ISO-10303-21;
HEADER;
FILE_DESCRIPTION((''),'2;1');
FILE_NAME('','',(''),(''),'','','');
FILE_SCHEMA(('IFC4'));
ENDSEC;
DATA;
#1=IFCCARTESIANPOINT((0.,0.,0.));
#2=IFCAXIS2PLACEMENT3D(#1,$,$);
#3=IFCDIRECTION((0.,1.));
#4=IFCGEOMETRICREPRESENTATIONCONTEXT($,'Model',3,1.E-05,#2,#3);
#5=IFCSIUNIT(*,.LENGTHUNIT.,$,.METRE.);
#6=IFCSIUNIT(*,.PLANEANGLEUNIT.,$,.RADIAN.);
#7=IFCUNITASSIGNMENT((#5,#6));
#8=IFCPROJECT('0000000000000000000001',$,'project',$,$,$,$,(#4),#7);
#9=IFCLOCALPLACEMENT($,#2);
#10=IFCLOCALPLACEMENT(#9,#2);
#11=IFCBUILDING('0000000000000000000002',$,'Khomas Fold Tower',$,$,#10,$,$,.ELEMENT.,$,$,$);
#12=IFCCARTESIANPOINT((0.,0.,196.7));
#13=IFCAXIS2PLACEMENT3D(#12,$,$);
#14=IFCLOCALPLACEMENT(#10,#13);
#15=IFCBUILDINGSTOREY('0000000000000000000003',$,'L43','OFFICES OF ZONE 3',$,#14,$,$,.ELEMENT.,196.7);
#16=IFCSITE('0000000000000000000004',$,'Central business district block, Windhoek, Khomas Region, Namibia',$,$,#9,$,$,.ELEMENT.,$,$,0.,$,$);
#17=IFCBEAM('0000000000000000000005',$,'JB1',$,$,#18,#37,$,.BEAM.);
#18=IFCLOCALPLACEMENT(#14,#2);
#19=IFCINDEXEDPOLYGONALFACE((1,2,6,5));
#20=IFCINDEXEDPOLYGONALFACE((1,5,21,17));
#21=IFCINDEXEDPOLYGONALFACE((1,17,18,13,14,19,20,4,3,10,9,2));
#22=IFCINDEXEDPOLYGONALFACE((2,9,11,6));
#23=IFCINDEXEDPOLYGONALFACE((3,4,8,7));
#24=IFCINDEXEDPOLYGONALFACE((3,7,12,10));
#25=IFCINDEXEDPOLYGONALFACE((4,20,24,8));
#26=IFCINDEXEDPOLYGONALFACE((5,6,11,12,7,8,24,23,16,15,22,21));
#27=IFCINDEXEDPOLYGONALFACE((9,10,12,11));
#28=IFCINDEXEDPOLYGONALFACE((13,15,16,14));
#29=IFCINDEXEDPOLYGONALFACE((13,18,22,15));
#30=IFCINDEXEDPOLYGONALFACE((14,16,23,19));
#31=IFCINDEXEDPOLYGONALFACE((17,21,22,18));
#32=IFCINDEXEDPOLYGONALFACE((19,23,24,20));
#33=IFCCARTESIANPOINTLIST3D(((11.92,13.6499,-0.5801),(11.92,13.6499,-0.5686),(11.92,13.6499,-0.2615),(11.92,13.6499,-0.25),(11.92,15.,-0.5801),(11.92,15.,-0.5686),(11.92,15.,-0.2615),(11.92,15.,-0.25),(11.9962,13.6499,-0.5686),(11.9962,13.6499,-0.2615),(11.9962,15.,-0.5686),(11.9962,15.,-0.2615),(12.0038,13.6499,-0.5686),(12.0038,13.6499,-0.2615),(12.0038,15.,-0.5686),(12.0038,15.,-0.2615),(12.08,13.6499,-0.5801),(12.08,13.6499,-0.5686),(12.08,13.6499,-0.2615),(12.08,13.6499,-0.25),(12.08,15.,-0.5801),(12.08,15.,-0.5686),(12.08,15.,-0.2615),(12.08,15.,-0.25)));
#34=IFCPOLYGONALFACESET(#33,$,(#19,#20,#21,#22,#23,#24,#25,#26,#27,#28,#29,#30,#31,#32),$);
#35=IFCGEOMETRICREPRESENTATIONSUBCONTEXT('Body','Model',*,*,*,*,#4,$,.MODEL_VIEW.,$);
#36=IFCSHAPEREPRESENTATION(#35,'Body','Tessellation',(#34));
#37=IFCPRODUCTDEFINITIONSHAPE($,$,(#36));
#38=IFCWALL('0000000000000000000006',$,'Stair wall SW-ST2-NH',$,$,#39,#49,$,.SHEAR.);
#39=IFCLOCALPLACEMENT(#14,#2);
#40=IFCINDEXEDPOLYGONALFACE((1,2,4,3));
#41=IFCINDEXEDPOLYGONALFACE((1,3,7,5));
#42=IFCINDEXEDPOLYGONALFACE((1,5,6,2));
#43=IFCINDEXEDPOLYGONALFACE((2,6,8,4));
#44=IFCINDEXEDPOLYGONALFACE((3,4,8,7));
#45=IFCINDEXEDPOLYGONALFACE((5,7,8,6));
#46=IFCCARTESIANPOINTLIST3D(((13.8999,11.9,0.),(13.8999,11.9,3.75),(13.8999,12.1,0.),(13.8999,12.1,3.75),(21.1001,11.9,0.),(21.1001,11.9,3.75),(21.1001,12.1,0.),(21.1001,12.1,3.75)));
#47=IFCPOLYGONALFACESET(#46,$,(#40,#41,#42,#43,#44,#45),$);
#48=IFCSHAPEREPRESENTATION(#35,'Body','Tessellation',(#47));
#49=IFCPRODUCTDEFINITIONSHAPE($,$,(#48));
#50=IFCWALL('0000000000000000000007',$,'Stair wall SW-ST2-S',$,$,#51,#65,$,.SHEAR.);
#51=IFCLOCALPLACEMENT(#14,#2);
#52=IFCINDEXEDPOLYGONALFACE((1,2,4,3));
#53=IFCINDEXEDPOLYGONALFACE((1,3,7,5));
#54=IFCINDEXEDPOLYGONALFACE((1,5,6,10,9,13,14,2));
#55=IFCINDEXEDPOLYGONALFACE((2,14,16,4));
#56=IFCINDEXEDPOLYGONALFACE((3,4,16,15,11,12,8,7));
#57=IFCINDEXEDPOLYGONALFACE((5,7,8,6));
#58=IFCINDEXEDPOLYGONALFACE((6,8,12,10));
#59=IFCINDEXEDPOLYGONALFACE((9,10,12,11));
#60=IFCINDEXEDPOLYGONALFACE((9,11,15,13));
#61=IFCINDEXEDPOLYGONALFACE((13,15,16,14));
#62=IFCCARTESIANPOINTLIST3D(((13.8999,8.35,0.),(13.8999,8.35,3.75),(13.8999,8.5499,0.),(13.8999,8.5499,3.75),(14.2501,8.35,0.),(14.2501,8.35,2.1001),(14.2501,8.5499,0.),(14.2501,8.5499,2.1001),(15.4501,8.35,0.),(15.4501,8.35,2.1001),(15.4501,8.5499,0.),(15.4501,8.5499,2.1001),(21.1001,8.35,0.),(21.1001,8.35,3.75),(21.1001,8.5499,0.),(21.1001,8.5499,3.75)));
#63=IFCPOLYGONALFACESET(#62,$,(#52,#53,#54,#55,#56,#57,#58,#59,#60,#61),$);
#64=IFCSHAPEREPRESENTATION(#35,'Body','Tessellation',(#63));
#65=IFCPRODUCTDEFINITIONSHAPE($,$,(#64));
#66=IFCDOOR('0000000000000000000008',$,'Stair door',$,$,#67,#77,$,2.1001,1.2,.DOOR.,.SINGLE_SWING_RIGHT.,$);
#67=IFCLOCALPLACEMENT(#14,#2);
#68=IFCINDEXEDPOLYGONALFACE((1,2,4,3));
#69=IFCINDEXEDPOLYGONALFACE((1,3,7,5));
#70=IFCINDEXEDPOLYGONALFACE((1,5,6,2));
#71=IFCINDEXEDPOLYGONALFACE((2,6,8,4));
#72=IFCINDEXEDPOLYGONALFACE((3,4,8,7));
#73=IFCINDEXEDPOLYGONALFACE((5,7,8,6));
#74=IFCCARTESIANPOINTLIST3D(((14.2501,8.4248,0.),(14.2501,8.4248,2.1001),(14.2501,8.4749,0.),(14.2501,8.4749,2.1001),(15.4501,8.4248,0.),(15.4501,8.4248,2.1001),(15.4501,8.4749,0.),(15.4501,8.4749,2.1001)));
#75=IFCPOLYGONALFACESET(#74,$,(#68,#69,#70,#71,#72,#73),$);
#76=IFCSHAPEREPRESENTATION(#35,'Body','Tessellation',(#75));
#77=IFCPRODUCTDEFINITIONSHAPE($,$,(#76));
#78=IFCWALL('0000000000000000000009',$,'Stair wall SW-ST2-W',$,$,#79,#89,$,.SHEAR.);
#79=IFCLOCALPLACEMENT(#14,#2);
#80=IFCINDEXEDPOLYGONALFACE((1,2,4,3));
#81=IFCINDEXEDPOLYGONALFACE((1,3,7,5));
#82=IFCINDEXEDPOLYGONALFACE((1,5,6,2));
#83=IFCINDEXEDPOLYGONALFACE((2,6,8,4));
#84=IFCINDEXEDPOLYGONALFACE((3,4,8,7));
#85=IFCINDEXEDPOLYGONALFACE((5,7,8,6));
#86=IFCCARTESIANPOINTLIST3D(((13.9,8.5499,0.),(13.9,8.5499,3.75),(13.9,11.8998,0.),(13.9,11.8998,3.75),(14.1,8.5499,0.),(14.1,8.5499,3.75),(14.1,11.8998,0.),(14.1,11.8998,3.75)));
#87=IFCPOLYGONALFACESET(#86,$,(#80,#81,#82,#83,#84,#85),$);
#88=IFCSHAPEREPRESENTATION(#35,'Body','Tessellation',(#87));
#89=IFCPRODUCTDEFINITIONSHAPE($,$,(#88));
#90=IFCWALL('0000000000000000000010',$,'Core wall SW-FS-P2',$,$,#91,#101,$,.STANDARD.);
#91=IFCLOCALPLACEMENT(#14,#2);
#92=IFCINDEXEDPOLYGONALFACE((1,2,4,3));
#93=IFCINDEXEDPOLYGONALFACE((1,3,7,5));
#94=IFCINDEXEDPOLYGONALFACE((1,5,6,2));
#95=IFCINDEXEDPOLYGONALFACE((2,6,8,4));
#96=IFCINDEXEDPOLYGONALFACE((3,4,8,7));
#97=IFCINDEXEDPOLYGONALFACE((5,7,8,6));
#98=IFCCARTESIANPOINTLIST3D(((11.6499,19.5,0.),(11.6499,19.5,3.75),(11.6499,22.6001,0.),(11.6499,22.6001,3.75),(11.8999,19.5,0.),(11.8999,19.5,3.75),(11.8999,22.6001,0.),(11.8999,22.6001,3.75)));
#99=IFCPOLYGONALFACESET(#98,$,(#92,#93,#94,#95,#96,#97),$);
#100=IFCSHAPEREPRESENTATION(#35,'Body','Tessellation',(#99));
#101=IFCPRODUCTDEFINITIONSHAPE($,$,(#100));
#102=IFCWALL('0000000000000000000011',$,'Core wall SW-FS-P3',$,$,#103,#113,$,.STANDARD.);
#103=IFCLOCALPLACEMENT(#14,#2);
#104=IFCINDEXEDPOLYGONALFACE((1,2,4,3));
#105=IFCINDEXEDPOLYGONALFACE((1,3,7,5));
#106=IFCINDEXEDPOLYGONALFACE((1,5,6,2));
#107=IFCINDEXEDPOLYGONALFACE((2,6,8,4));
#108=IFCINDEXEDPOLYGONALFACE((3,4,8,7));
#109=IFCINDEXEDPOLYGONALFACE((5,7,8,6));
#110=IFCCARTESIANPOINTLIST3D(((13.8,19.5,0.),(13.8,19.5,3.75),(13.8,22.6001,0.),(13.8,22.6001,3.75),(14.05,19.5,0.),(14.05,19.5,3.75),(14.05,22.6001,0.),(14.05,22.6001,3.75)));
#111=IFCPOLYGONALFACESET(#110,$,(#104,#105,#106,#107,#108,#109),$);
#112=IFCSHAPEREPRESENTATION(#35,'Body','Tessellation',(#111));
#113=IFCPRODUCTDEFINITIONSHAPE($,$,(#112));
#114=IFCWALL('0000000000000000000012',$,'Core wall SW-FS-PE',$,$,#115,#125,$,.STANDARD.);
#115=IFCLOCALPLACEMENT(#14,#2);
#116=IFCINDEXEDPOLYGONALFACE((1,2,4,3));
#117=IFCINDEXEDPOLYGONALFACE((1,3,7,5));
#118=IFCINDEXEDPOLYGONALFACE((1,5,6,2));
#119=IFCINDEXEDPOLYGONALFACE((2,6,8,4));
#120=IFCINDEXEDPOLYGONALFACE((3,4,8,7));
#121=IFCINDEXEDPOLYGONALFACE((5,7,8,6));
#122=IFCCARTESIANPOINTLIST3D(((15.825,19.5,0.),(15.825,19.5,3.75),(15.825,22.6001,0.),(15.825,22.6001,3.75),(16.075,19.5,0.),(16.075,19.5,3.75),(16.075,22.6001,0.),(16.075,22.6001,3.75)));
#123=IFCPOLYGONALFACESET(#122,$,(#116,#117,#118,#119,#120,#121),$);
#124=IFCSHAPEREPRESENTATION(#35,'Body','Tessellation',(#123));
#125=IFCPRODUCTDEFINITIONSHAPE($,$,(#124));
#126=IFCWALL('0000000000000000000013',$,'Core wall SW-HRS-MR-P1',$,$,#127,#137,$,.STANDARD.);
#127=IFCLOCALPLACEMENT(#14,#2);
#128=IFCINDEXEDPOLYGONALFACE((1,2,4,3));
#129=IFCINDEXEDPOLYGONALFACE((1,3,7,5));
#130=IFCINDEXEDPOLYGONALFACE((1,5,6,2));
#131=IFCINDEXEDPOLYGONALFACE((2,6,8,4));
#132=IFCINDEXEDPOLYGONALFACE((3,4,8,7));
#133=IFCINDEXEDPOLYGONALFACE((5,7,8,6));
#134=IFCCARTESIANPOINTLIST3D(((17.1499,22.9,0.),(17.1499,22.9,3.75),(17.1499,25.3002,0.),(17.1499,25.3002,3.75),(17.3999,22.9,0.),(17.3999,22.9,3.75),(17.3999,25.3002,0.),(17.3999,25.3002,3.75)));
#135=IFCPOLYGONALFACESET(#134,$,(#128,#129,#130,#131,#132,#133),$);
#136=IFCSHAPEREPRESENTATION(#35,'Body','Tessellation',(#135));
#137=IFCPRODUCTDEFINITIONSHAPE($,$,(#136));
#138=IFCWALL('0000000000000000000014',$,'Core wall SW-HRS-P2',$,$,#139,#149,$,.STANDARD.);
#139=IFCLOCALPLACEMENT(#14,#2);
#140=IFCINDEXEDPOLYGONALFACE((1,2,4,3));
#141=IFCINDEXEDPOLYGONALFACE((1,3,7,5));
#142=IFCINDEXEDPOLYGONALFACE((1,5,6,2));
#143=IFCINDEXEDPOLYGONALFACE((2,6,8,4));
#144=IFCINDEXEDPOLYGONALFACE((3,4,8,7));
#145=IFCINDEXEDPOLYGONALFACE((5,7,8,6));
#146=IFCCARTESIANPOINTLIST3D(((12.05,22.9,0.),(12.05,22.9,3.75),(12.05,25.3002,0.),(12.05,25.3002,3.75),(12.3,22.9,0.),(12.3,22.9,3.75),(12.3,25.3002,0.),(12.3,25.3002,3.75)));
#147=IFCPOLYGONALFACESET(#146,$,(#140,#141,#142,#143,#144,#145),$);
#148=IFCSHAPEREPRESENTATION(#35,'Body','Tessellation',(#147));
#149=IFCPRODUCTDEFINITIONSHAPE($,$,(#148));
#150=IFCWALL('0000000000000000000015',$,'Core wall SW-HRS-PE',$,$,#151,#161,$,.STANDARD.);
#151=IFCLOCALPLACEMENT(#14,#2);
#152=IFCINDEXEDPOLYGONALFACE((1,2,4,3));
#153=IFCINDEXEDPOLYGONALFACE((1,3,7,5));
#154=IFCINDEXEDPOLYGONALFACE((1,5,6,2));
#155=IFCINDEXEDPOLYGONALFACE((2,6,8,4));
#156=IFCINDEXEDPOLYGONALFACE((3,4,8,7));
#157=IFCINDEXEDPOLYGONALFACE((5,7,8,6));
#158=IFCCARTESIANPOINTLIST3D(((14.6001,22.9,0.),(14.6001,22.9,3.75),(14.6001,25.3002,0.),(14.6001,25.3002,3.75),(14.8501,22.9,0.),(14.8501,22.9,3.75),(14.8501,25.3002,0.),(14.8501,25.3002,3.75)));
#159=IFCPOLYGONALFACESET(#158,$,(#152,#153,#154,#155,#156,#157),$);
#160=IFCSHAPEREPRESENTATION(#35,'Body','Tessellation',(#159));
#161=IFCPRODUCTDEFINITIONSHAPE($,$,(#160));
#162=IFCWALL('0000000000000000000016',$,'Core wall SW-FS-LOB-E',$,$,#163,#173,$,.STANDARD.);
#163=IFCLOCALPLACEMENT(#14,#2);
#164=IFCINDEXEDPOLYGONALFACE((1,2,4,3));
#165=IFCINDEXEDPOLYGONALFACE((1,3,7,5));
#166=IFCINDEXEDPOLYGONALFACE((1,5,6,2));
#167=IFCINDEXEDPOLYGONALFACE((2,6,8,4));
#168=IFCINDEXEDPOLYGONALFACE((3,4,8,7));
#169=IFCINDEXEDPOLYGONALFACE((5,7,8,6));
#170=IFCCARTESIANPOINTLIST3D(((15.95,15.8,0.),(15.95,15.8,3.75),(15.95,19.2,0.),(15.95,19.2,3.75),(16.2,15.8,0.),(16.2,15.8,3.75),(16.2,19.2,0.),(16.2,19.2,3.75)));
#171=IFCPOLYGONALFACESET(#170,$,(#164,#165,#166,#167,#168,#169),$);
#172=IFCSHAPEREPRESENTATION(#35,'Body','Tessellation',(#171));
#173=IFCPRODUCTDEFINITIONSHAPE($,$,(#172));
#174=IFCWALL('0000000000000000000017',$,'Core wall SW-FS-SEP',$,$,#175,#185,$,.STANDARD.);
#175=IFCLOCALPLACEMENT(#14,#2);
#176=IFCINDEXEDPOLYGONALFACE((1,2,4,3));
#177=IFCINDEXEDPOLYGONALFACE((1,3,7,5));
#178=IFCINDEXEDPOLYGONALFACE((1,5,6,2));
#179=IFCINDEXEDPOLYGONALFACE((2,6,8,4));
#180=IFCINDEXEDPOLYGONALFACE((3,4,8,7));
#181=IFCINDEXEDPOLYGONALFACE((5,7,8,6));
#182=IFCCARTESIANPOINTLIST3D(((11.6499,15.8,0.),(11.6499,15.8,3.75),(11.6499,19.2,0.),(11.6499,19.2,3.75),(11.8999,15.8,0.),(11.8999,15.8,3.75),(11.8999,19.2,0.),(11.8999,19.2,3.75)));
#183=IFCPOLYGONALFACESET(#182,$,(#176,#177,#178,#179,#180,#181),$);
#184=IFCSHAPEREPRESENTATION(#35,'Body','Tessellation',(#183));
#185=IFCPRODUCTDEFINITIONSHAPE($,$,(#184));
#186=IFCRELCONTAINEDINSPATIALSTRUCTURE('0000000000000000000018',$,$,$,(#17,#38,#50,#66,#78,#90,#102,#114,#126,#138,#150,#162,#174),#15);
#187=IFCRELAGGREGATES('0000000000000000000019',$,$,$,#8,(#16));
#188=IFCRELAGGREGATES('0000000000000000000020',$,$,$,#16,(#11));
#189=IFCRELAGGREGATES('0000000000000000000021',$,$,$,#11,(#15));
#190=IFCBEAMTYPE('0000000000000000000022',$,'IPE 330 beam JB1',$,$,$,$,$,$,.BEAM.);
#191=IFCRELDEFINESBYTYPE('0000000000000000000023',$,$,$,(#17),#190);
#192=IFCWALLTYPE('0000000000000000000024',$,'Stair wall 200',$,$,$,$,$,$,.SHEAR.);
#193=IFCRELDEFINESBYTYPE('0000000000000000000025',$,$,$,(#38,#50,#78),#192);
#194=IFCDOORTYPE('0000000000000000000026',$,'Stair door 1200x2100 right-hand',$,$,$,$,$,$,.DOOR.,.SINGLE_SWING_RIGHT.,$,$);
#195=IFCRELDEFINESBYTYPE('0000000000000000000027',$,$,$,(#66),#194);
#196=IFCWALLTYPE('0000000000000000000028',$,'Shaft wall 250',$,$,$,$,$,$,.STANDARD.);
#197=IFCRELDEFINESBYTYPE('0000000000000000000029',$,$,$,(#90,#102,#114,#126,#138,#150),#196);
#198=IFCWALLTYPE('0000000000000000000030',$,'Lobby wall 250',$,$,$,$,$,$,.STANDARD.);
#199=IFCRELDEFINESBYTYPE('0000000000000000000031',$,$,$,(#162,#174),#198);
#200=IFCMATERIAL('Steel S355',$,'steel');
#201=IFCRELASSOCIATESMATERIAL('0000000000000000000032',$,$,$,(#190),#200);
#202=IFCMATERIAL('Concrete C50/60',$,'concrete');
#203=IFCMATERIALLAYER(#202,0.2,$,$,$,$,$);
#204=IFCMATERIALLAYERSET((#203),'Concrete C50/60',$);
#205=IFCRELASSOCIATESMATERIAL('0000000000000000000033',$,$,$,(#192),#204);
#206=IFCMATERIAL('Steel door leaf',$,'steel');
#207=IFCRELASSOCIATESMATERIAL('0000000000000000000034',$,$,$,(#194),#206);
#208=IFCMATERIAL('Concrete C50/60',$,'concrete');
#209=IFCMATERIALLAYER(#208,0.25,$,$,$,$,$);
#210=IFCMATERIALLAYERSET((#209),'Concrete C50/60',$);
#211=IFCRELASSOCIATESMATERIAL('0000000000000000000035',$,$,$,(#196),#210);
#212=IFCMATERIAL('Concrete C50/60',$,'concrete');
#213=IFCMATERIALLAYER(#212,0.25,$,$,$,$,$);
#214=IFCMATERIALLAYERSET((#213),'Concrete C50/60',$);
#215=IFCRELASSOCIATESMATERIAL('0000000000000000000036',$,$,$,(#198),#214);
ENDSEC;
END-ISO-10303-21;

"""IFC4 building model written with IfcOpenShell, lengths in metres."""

from ifc_helpers import new_model, si_unit, direction, frame, frame_2d, origin, origin_2d, place, context, subcontext, project, spatial, rectangle, i_section, extrude, source, transform, mapped, material, layer, layer_set, material_profile, profile_set, type_object, element, fill, save


model = new_model("IFC4")

# Units and contexts
model_context = context("Model", 3, precision=1e-05, world=origin(), true_north=direction((0.0, 1.0)))
body_context = subcontext(model_context, "Body", "Model", "MODEL_VIEW")
ifc_project = project(units=[si_unit("LENGTHUNIT", "METRE"), si_unit("PLANEANGLEUNIT", "RADIAN")], contexts=[model_context])

# Site, building, storey
site_placement = place(None, origin())
site = spatial("IfcSite", under=ifc_project, at=site_placement, Name="Central business district block, Windhoek, Khomas Region, Namibia", CompositionType="ELEMENT", RefElevation=0.0)
building_placement = place(site_placement, origin())
building = spatial("IfcBuilding", under=site, at=building_placement, Name="Khomas Fold Tower", CompositionType="ELEMENT")
storey_placement = place(building_placement, frame((0.0, 0.0, 196.7)))
storey = spatial("IfcBuildingStorey", under=building, at=storey_placement, Name="L43", Description="OFFICES OF ZONE 3", CompositionType="ELEMENT", Elevation=196.7)

# Beam
ifc_material_1 = material(Name="Steel S355", Category="steel")
ifc_material_profile = material_profile(ifc_material_1, i_section(OverallWidth=0.1599, OverallDepth=0.3301, WebThickness=0.0076, FlangeThickness=0.0115, at=origin_2d()), Name="IPE 330")
ifc_profile_set = profile_set([ifc_material_profile], Name="Steel S355")
beam_type = type_object("IfcBeamType", Name="IPE 330 beam JB1", PredefinedType="BEAM", material=ifc_profile_set)
shared_shape_1 = source(origin(), body_context, "Body", "SweptSolid", [
    extrude(i_section(OverallWidth=0.1599, OverallDepth=0.3301, WebThickness=0.0076, FlangeThickness=0.0115, at=origin_2d()), origin(), (0.0, 0.0, 1.0), 1.3501),
])
beam_placement = place(storey_placement, frame((12.0, 13.6499, -0.415), z_axis=(0.0, 1.0, 0.0), x_axis=(-1.0, 0.0, 0.0)))
element("IfcBeam", 1, at=beam_placement, inside=storey, type_object=beam_type, Name="JB1", PredefinedType="BEAM", context=body_context, shape_type="MappedRepresentation", body=[
    mapped(shared_shape_1, transform((0.0, 0.0, 0.0))),
])

# Wall
ifc_material_2 = material(Name="Concrete C50/60", Category="concrete")
ifc_layer_1 = layer(ifc_material_2, 0.2)
ifc_layer_set_1 = layer_set([ifc_layer_1], Name="Concrete C50/60")
wall_type_1 = type_object("IfcWallType", Name="Stair wall 200", PredefinedType="SHEAR", material=ifc_layer_set_1)
shared_shape_2 = source(origin(), body_context, "Body", "SweptSolid", [
    extrude(rectangle(XDim=7.2002, YDim=0.2, at=frame_2d((3.6001, 0.0))), origin(), (0.0, 0.0, 1.0), 3.75),
])
wall_1_placement = place(storey_placement, frame((13.8999, 12.0, 0.0), z_axis=(0.0, 0.0, 1.0), x_axis=(1.0, 0.0, 0.0)))
element("IfcWall", 2, at=wall_1_placement, inside=storey, type_object=wall_type_1, Name="Stair wall SW-ST2-NH", PredefinedType="SHEAR", context=body_context, shape_type="MappedRepresentation", body=[
    mapped(shared_shape_2, transform((0.0, 0.0, 0.0))),
])

# Wall, opening, door
wall_2_placement = place(storey_placement, frame((13.8999, 8.45, 0.0), z_axis=(0.0, 0.0, 1.0), x_axis=(1.0, 0.0, 0.0)))
wall_2 = element("IfcWall", 3, at=wall_2_placement, inside=storey, type_object=wall_type_1, Name="Stair wall SW-ST2-S", PredefinedType="SHEAR", context=body_context, shape_type="MappedRepresentation", body=[
    mapped(shared_shape_2, transform((0.0, 0.0, 0.0))),
])
shared_shape_3 = source(origin(), body_context, "Body", "SweptSolid", [
    extrude(rectangle(XDim=1.2, YDim=2.1001, at=frame_2d((0.6001, 1.05))), frame((0.0, 0.1099, 0.0), z_axis=(0.0, -1.0, 0.0), x_axis=(1.0, 0.0, 0.0)), (0.0, 0.0, 1.0), 0.22),
])
opening_placement = place(wall_2_placement, frame((0.3501, 0.0, 0.0)))
opening = element("IfcOpeningElement", 4, at=opening_placement, cuts=wall_2, PredefinedType="OPENING", context=body_context, shape_type="MappedRepresentation", body=[
    mapped(shared_shape_3, transform((0.0, 0.0, 0.0))),
])
ifc_material_3 = material(Name="Steel door leaf", Category="steel")
door_type = type_object("IfcDoorType", Name="Stair door 1200x2100 right-hand", OperationType="SINGLE_SWING_RIGHT", PredefinedType="DOOR", material=ifc_material_3)
shared_shape_4 = source(origin(), body_context, "Body", "SweptSolid", [
    extrude(rectangle(XDim=1.2, YDim=2.1001, at=frame_2d((0.6001, 1.05))), frame((0.0, 0.0249, 0.0), z_axis=(0.0, -1.0, 0.0), x_axis=(1.0, 0.0, 0.0)), (0.0, 0.0, 1.0), 0.05),
])
door_placement = place(opening_placement, origin())
door = element("IfcDoor", 5, at=door_placement, inside=storey, type_object=door_type, Name="Stair door", OperationType="SINGLE_SWING_RIGHT", OverallHeight=2.1001, OverallWidth=1.2, PredefinedType="DOOR", context=body_context, shape_type="MappedRepresentation", body=[
    mapped(shared_shape_4, transform((0.0, 0.0, 0.0))),
])
fill(opening, door)

# Walls
shared_shape_5 = source(origin(), body_context, "Body", "SweptSolid", [
    extrude(rectangle(XDim=3.3499, YDim=0.2, at=frame_2d((1.6748, 0.0))), origin(), (0.0, 0.0, 1.0), 3.75),
])
wall_3_placement = place(storey_placement, frame((14.0, 8.55, 0.0), z_axis=(0.0, 0.0, 1.0), x_axis=(0.0, 1.0, 0.0)))
element("IfcWall", 6, at=wall_3_placement, inside=storey, type_object=wall_type_1, Name="Stair wall SW-ST2-W", PredefinedType="SHEAR", context=body_context, shape_type="MappedRepresentation", body=[
    mapped(shared_shape_5, transform((0.0, 0.0, 0.0))),
])
ifc_material_4 = material(Name="Concrete C50/60", Category="concrete")
ifc_layer_2 = layer(ifc_material_4, 0.25)
ifc_layer_set_2 = layer_set([ifc_layer_2], Name="Concrete C50/60")
wall_type_2 = type_object("IfcWallType", Name="Shaft wall 250", PredefinedType="STANDARD", material=ifc_layer_set_2)
shared_shape_6 = source(origin(), body_context, "Body", "SweptSolid", [
    extrude(rectangle(XDim=3.1001, YDim=0.25, at=frame_2d((1.55, 0.0))), origin(), (0.0, 0.0, 1.0), 3.75),
])
for number, where, z_axis, x_axis, name in (
    (7, (11.7749, 19.5, 0.0), (0.0, 0.0, 1.0), (0.0, 1.0, 0.0), "Core wall SW-FS-P2"),
    (8, (13.925, 19.5, 0.0), (0.0, 0.0, 1.0), (0.0, 1.0, 0.0), "Core wall SW-FS-P3"),
    (9, (15.95, 19.5, 0.0), (0.0, 0.0, 1.0), (0.0, 1.0, 0.0), "Core wall SW-FS-PE"),
):
    element("IfcWall", number, at=place(storey_placement, frame(where, z_axis=z_axis, x_axis=x_axis)), inside=storey, type_object=wall_type_2, Name=name, PredefinedType="STANDARD", context=body_context, shape_type="MappedRepresentation", body=[
        mapped(shared_shape_6, transform((0.0, 0.0, 0.0))),
    ])
shared_shape_7 = source(origin(), body_context, "Body", "SweptSolid", [
    extrude(rectangle(XDim=2.4001, YDim=0.25, at=frame_2d((1.2002, 0.0))), origin(), (0.0, 0.0, 1.0), 3.75),
])
for number, where, z_axis, x_axis, name in (
    (10, (17.2749, 22.8999, 0.0), (0.0, 0.0, 1.0), (0.0, 1.0, 0.0), "Core wall SW-HRS-MR-P1"),
    (11, (12.175, 22.8999, 0.0), (0.0, 0.0, 1.0), (0.0, 1.0, 0.0), "Core wall SW-HRS-P2"),
    (12, (14.7251, 22.8999, 0.0), (0.0, 0.0, 1.0), (0.0, 1.0, 0.0), "Core wall SW-HRS-PE"),
):
    element("IfcWall", number, at=place(storey_placement, frame(where, z_axis=z_axis, x_axis=x_axis)), inside=storey, type_object=wall_type_2, Name=name, PredefinedType="STANDARD", context=body_context, shape_type="MappedRepresentation", body=[
        mapped(shared_shape_7, transform((0.0, 0.0, 0.0))),
    ])
ifc_material_5 = material(Name="Concrete C50/60", Category="concrete")
ifc_layer_3 = layer(ifc_material_5, 0.25)
ifc_layer_set_3 = layer_set([ifc_layer_3], Name="Concrete C50/60")
wall_type_3 = type_object("IfcWallType", Name="Lobby wall 250", PredefinedType="STANDARD", material=ifc_layer_set_3)
shared_shape_8 = source(origin(), body_context, "Body", "SweptSolid", [
    extrude(rectangle(XDim=3.3999, YDim=0.25, at=frame_2d((1.7, 0.0))), origin(), (0.0, 0.0, 1.0), 3.75),
])
for number, where, z_axis, x_axis, name in (
    (13, (16.075, 15.8, 0.0), (0.0, 0.0, 1.0), (0.0, 1.0, 0.0), "Core wall SW-FS-LOB-E"),
    (14, (11.7749, 15.8, 0.0), (0.0, 0.0, 1.0), (0.0, 1.0, 0.0), "Core wall SW-FS-SEP"),
):
    element("IfcWall", number, at=place(storey_placement, frame(where, z_axis=z_axis, x_axis=x_axis)), inside=storey, type_object=wall_type_3, Name=name, PredefinedType="STANDARD", context=body_context, shape_type="MappedRepresentation", body=[
        mapped(shared_shape_8, transform((0.0, 0.0, 0.0))),
    ])

save(model, "model.ifc")
